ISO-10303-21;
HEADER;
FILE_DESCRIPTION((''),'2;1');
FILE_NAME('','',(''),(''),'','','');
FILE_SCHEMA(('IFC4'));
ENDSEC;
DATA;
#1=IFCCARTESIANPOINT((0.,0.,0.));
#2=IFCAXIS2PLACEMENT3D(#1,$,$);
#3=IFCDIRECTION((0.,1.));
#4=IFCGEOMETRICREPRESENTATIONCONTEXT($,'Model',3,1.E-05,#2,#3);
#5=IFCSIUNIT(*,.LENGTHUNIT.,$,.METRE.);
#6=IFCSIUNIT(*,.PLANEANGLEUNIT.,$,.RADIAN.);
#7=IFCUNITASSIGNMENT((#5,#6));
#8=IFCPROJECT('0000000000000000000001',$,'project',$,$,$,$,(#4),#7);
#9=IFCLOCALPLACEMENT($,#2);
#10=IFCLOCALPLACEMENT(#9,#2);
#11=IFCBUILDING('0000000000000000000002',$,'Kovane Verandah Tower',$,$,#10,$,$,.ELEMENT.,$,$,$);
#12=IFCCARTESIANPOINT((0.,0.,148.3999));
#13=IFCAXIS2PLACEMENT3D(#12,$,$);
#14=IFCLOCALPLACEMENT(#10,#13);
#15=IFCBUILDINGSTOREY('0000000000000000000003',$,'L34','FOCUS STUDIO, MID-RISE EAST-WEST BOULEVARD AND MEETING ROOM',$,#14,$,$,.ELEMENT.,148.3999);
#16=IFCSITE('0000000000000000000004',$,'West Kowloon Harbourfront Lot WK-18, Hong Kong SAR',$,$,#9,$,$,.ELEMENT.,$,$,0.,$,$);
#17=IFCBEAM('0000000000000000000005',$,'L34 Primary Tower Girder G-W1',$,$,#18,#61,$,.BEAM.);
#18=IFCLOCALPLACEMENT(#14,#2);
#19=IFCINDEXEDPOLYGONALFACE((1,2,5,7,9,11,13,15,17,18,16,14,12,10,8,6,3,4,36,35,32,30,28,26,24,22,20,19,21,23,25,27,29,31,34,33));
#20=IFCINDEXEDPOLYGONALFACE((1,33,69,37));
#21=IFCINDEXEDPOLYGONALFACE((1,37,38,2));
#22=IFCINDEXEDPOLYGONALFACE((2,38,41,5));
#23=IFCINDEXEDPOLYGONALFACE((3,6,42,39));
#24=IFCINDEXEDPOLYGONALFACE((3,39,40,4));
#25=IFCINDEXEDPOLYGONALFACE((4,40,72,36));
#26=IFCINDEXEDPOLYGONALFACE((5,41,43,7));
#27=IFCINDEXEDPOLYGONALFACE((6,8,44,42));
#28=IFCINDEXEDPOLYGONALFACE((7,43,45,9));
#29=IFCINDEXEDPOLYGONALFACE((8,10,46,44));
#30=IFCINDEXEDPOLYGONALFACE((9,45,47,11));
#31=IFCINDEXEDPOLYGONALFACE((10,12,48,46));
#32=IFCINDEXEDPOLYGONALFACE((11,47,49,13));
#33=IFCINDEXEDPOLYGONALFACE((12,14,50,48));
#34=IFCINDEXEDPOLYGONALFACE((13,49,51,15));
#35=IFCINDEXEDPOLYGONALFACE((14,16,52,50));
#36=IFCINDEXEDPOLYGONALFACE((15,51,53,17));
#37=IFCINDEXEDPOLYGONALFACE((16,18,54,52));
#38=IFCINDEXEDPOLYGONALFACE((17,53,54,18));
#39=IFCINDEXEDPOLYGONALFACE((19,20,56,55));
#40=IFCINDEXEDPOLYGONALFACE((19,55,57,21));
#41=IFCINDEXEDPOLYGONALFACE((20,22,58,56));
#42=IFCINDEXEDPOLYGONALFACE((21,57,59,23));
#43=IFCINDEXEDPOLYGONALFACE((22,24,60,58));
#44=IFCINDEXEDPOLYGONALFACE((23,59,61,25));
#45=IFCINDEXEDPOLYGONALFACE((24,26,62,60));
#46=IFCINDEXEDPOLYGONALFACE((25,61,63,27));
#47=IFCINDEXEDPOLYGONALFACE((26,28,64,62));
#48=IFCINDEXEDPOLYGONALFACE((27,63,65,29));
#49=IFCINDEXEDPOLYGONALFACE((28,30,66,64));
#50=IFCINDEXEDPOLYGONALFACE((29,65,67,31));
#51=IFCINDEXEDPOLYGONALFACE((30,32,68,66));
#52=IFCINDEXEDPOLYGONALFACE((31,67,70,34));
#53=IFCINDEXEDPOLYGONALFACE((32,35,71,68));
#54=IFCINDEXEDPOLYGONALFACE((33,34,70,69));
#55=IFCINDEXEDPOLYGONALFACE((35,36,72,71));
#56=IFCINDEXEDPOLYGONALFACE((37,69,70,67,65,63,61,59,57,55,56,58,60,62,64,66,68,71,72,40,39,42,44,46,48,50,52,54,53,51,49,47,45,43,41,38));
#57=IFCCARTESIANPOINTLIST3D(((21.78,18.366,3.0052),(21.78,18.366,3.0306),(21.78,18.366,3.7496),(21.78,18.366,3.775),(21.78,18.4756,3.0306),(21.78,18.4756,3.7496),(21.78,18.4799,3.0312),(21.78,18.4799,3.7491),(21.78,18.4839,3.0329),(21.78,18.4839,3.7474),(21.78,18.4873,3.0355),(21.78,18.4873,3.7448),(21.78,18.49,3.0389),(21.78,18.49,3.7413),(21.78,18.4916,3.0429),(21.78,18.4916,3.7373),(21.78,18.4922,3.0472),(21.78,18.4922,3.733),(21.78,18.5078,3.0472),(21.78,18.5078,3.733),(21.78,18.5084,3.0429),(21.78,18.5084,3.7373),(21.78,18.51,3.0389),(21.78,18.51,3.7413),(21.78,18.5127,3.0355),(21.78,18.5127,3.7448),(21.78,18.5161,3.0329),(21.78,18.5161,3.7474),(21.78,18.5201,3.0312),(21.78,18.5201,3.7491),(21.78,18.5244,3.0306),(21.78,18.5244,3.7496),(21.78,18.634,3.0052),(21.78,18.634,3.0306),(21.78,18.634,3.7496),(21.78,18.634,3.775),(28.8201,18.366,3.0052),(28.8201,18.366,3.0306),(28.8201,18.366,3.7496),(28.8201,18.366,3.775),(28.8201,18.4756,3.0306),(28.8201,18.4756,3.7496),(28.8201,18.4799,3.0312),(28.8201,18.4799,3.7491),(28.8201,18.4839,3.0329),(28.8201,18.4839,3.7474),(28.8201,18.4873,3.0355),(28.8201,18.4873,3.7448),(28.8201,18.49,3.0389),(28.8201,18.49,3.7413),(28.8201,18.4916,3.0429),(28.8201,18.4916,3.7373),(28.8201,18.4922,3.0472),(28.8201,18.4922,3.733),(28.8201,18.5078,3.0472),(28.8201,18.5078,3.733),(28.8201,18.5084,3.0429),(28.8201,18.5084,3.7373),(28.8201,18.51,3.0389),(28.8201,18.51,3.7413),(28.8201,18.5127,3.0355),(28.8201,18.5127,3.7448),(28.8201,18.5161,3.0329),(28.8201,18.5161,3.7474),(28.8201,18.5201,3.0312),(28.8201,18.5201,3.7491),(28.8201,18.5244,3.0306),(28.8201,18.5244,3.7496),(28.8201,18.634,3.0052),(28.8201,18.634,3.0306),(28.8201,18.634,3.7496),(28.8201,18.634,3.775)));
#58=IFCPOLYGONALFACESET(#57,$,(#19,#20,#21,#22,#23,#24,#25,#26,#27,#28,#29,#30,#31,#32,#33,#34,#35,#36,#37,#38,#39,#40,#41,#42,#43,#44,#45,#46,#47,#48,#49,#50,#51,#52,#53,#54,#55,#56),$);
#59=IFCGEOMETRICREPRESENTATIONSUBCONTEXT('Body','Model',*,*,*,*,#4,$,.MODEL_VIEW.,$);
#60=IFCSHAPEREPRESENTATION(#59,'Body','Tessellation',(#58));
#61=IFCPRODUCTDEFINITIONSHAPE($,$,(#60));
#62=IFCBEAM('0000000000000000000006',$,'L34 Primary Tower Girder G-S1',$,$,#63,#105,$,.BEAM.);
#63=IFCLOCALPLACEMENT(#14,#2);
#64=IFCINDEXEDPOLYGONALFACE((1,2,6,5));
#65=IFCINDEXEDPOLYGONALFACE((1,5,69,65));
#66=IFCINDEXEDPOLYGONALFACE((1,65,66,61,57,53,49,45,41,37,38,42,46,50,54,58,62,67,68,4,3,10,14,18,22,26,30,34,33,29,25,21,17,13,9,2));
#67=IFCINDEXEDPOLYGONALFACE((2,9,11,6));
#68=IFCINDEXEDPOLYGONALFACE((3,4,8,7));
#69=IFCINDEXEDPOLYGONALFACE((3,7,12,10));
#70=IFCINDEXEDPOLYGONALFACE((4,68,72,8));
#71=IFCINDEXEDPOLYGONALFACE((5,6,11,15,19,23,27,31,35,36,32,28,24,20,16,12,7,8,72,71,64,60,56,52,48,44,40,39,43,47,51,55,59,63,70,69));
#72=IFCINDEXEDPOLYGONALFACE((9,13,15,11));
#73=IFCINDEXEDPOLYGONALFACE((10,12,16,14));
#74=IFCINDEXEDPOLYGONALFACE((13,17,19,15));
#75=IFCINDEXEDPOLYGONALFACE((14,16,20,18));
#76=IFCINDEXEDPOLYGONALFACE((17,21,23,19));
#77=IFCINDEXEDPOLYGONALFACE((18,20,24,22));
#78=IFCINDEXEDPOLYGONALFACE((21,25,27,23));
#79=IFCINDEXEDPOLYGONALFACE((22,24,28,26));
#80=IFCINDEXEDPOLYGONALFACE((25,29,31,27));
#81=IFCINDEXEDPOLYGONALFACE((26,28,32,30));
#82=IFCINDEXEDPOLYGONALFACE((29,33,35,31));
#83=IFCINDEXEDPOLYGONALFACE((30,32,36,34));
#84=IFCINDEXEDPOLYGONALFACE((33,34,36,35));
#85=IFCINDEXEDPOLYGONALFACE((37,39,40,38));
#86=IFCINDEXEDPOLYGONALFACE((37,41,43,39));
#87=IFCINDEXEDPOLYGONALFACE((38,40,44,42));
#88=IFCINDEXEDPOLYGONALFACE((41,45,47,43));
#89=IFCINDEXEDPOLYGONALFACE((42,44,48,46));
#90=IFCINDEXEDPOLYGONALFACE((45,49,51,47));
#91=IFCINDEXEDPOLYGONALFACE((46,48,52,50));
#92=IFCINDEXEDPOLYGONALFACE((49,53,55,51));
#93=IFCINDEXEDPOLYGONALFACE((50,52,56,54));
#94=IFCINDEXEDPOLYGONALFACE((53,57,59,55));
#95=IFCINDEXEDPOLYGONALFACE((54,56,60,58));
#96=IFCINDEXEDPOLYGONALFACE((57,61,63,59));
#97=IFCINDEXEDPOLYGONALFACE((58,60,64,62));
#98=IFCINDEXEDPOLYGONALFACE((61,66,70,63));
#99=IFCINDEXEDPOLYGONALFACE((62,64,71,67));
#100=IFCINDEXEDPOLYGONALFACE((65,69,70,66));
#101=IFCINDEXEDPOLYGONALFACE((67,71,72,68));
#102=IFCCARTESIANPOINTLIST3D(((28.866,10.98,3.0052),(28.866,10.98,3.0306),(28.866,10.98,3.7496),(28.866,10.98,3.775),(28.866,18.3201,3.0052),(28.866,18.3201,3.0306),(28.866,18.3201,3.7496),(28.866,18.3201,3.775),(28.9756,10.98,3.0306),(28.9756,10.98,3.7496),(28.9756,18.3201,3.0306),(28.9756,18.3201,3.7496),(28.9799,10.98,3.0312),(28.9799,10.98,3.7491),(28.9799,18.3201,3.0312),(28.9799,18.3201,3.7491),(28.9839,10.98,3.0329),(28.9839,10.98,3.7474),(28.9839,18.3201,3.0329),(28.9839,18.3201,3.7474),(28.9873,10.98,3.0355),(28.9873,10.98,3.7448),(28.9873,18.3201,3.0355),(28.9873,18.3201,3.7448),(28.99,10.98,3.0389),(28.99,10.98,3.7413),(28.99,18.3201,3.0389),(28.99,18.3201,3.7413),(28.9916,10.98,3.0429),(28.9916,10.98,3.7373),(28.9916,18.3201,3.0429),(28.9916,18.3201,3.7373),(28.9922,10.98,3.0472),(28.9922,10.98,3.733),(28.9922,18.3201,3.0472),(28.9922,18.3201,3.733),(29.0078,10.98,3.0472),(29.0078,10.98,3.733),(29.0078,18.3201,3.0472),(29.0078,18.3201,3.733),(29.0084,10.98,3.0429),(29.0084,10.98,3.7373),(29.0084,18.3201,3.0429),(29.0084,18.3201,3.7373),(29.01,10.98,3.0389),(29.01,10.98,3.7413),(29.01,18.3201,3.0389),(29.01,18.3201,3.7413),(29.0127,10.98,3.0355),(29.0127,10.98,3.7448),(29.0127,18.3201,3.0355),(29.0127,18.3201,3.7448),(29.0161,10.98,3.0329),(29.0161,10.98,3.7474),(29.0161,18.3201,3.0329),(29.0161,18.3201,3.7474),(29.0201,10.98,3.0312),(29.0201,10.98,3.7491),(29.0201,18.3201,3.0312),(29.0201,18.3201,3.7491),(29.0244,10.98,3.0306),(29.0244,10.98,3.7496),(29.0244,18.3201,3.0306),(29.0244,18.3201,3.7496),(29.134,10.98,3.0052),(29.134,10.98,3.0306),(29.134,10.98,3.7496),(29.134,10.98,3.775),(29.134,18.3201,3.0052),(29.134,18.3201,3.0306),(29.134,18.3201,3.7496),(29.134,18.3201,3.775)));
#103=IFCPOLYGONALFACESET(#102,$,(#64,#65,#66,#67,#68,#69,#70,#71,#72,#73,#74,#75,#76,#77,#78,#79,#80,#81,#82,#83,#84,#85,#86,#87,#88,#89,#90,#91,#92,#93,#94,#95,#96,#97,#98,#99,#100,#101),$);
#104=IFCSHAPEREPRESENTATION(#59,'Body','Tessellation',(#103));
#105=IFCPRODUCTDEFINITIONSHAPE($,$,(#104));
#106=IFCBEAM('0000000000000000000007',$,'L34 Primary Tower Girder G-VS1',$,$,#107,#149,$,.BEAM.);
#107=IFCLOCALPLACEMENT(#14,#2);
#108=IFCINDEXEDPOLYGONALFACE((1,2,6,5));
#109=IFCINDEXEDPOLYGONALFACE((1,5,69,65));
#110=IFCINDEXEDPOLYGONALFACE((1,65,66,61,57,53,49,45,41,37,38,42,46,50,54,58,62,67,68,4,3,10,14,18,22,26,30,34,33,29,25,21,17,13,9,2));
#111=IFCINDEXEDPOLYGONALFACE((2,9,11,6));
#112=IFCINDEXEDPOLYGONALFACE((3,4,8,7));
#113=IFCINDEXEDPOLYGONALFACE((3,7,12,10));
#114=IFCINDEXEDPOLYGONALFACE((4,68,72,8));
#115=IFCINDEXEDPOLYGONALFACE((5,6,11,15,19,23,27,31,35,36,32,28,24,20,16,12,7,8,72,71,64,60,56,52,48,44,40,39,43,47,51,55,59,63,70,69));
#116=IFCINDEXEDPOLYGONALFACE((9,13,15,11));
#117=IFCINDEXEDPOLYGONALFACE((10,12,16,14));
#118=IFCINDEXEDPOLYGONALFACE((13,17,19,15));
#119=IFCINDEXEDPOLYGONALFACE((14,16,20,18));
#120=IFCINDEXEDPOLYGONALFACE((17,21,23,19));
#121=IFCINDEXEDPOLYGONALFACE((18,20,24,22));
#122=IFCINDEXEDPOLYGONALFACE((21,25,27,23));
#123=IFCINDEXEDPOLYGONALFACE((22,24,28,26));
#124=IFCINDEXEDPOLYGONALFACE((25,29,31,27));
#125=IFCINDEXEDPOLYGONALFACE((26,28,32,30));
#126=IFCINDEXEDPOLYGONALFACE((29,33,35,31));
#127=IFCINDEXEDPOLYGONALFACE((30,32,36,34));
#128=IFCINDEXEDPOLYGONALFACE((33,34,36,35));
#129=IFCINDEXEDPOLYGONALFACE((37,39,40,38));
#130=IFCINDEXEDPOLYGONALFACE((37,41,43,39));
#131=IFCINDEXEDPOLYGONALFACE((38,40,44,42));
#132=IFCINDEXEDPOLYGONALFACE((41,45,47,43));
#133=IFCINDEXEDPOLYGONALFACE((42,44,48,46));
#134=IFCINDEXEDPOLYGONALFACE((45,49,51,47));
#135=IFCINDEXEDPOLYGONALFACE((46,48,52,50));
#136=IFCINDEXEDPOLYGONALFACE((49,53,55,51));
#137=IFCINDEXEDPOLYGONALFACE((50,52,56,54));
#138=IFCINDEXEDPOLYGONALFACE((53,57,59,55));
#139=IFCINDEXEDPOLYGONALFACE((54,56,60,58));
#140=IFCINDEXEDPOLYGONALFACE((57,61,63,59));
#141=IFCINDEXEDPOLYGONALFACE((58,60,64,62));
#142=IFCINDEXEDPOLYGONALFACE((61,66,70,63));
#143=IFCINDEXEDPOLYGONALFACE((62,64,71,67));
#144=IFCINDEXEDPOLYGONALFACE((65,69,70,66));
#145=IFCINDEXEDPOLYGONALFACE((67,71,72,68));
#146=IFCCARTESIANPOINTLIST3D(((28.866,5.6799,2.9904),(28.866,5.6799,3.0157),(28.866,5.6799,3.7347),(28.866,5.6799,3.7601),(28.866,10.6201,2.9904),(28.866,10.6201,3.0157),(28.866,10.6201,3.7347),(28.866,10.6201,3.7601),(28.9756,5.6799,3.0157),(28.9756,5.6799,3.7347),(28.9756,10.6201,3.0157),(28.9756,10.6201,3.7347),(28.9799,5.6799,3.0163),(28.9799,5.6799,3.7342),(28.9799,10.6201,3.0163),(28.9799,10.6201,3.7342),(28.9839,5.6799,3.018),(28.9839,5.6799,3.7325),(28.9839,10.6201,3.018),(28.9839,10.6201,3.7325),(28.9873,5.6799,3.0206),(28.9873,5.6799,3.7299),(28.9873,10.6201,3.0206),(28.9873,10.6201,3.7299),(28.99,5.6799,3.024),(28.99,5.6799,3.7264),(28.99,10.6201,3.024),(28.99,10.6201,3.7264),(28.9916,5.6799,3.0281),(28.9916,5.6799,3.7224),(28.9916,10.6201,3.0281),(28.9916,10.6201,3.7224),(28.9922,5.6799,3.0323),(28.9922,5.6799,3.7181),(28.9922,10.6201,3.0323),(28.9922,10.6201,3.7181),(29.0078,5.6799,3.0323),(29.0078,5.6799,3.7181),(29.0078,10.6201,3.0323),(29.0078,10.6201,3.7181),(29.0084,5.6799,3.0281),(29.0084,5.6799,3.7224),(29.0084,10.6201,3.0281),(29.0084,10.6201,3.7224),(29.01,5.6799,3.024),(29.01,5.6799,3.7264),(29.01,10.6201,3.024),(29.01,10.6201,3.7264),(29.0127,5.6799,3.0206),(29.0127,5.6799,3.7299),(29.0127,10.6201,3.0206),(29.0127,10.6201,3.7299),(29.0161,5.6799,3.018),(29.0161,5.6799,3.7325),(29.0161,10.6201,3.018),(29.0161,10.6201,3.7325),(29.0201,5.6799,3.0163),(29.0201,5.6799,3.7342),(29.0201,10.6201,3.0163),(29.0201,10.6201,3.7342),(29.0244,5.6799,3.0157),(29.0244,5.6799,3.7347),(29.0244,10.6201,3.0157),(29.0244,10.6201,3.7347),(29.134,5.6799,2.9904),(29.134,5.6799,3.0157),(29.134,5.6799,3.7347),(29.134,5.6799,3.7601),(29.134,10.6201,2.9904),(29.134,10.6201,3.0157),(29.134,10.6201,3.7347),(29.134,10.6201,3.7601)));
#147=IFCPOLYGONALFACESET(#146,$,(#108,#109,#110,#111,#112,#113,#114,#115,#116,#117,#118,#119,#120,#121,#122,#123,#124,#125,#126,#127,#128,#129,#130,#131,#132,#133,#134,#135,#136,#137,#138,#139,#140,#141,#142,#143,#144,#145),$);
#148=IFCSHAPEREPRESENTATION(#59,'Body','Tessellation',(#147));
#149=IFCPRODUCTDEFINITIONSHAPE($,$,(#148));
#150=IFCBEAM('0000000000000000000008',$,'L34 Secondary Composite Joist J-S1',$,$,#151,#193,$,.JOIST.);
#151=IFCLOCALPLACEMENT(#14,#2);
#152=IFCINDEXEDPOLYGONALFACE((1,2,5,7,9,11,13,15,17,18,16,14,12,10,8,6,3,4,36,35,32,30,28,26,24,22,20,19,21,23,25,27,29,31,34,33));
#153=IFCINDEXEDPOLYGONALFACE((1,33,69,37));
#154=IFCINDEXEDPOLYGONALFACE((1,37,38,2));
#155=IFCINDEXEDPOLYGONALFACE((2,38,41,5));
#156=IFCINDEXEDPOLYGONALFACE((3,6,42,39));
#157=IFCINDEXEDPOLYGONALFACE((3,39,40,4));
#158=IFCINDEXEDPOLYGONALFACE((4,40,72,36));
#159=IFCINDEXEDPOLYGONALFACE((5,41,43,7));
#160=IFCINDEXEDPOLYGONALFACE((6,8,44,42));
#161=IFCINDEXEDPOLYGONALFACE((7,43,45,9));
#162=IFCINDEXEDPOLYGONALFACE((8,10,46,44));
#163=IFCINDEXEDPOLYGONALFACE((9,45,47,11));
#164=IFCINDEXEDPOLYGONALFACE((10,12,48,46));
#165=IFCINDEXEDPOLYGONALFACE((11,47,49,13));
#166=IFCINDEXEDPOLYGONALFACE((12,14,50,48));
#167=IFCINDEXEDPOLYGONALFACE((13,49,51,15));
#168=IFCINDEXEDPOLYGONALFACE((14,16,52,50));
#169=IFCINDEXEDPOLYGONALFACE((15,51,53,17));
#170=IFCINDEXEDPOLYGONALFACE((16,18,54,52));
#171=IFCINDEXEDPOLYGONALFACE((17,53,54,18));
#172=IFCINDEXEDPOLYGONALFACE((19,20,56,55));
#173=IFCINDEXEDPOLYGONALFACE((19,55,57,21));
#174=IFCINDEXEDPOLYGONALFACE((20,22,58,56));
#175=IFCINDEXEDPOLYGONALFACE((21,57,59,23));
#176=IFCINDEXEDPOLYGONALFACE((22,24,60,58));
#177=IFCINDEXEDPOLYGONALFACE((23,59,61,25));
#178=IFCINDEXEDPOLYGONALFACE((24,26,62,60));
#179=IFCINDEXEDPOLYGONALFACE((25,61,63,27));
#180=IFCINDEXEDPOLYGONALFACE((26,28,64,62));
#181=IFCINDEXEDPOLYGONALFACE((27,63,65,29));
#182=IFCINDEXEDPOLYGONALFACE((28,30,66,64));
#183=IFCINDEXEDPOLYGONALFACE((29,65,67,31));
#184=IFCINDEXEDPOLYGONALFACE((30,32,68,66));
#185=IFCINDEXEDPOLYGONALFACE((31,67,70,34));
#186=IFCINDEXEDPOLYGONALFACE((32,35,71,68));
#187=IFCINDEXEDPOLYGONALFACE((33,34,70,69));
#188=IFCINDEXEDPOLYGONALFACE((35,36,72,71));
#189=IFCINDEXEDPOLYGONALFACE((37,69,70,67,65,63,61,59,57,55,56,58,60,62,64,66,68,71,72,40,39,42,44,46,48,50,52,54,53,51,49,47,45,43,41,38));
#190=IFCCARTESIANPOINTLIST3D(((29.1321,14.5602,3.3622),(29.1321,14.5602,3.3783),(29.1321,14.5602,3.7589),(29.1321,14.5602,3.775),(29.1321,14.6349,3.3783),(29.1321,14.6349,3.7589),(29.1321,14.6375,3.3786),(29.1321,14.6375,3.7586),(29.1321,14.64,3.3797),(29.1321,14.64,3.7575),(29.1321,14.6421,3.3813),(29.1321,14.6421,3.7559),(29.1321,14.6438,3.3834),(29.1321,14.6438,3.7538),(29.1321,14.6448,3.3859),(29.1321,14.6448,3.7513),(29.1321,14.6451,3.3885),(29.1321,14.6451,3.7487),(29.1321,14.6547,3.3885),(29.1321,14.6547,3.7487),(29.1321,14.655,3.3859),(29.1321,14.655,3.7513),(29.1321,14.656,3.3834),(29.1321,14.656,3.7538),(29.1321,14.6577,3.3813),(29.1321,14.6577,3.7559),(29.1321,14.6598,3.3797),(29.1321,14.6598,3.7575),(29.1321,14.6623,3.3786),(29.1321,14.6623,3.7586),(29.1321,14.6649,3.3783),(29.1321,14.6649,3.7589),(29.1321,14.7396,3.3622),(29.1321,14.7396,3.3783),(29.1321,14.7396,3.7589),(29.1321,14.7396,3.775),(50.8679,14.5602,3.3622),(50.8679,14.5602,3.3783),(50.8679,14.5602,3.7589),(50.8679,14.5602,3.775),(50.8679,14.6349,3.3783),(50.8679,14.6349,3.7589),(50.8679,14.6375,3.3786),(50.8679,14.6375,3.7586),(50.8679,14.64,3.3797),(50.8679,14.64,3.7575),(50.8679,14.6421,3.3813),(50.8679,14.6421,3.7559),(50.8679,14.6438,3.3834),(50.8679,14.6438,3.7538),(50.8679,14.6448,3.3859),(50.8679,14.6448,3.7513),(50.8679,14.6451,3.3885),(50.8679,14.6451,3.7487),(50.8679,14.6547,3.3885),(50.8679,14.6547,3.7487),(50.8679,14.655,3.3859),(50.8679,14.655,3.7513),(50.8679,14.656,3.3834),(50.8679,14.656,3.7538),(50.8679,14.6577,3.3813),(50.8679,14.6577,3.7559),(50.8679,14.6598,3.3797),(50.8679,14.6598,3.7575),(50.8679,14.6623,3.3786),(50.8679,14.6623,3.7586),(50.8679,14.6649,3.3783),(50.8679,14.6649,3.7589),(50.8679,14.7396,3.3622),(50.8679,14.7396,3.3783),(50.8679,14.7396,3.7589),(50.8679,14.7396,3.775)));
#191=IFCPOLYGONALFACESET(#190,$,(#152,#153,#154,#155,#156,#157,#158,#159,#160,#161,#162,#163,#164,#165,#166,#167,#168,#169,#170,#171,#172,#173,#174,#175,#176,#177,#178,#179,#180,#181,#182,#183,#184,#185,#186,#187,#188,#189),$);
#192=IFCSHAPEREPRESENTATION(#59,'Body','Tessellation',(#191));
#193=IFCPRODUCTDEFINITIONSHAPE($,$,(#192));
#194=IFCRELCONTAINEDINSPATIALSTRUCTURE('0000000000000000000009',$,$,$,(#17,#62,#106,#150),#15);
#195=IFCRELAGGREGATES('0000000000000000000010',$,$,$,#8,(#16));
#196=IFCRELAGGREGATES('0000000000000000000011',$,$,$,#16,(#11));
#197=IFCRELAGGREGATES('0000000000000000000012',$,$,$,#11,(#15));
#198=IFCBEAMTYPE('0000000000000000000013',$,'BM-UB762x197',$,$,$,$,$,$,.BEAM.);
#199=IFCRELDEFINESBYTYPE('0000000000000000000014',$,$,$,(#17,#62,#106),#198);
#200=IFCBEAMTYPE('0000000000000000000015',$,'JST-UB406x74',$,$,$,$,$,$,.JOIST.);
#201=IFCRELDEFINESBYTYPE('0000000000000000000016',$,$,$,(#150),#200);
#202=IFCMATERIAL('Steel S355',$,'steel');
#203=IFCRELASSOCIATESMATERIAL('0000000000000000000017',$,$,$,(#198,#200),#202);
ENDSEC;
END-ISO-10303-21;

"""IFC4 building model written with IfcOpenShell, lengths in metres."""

from ifc_helpers import new_model, si_unit, direction, frame, origin, origin_2d, place, context, subcontext, project, spatial, i_section, extrude, material, material_profile, profile_set, type_object, element, save


model = new_model("IFC4")

# Units and contexts
model_context = context("Model", 3, precision=1e-05, world=origin(), true_north=direction((0.0, 1.0)))
body_context = subcontext(model_context, "Body", "Model", "MODEL_VIEW")
ifc_project = project(units=[si_unit("LENGTHUNIT", "METRE"), si_unit("PLANEANGLEUNIT", "RADIAN")], contexts=[model_context])

# Site, building, storey
site_placement = place(None, origin())
site = spatial("IfcSite", under=ifc_project, at=site_placement, Name="West Kowloon Harbourfront Lot WK-18, Hong Kong SAR", CompositionType="ELEMENT", RefElevation=0.0)
building_placement = place(site_placement, origin())
building = spatial("IfcBuilding", under=site, at=building_placement, Name="Kovane Verandah Tower", CompositionType="ELEMENT")
storey_placement = place(building_placement, frame((0.0, 0.0, 148.3999)))
storey = spatial("IfcBuildingStorey", under=building, at=storey_placement, Name="L34", Description="FOCUS STUDIO, MID-RISE EAST-WEST BOULEVARD AND MEETING ROOM", CompositionType="ELEMENT", Elevation=148.3999)

# Beams
ifc_material_1 = material(Name="Steel S355", Category="steel")
ifc_material_profile_1 = material_profile(ifc_material_1, i_section(OverallWidth=0.2681, OverallDepth=0.7698, WebThickness=0.0156, FlangeThickness=0.0254, FilletRadius=0.0166, at=origin_2d()), Name="UB762x267x197")
ifc_profile_set_1 = profile_set([ifc_material_profile_1], Name="Steel S355")
beam_type_1 = type_object("IfcBeamType", Name="BM-UB762x197", PredefinedType="BEAM", material=ifc_profile_set_1)
beam_1_placement = place(storey_placement, frame((28.8201, 18.5, 3.3901), z_axis=(-1.0, 0.0, 0.0), x_axis=(0.0, -1.0, 0.0)))
element("IfcBeam", 1, at=beam_1_placement, inside=storey, type_object=beam_type_1, Name="L34 Primary Tower Girder G-W1", PredefinedType="BEAM", context=body_context, shape_type="SweptSolid", body=[
    extrude(i_section(OverallWidth=0.2681, OverallDepth=0.7698, WebThickness=0.0156, FlangeThickness=0.0254, FilletRadius=0.0166, at=origin_2d()), origin(), (0.0, 0.0, 1.0), 7.04),
])
beam_2_placement = place(storey_placement, frame((29.0, 18.3201, 3.3901), z_axis=(0.0, -1.0, 0.0), x_axis=(1.0, 0.0, 0.0)))
element("IfcBeam", 2, at=beam_2_placement, inside=storey, type_object=beam_type_1, Name="L34 Primary Tower Girder G-S1", PredefinedType="BEAM", context=body_context, shape_type="SweptSolid", body=[
    extrude(i_section(OverallWidth=0.2681, OverallDepth=0.7698, WebThickness=0.0156, FlangeThickness=0.0254, FilletRadius=0.0166, at=origin_2d()), origin(), (0.0, 0.0, 1.0), 7.3401),
])
beam_3_placement = place(storey_placement, frame((29.0, 10.6201, 3.3752), z_axis=(0.0, -1.0, 0.0), x_axis=(1.0, 0.0, 0.0)))
element("IfcBeam", 3, at=beam_3_placement, inside=storey, type_object=beam_type_1, Name="L34 Primary Tower Girder G-VS1", PredefinedType="BEAM", context=body_context, shape_type="SweptSolid", body=[
    extrude(i_section(OverallWidth=0.2681, OverallDepth=0.7698, WebThickness=0.0156, FlangeThickness=0.0254, FilletRadius=0.0166, at=origin_2d()), origin(), (0.0, 0.0, 1.0), 4.9402),
])
ifc_material_profile_2 = material_profile(ifc_material_1, i_section(OverallWidth=0.1794, OverallDepth=0.4128, WebThickness=0.0095, FlangeThickness=0.0161, FilletRadius=0.0103, at=origin_2d()), Name="UB406x178x74")
ifc_profile_set_2 = profile_set([ifc_material_profile_2], Name="Steel S355")
beam_type_2 = type_object("IfcBeamType", Name="JST-UB406x74", PredefinedType="JOIST", material=ifc_profile_set_2)
beam_4_placement = place(storey_placement, frame((29.1321, 14.6499, 3.5686), z_axis=(1.0, 0.0, 0.0), x_axis=(0.0, 1.0, 0.0)))
element("IfcBeam", 4, at=beam_4_placement, inside=storey, type_object=beam_type_2, Name="L34 Secondary Composite Joist J-S1", PredefinedType="JOIST", context=body_context, shape_type="SweptSolid", body=[
    extrude(i_section(OverallWidth=0.1794, OverallDepth=0.4128, WebThickness=0.0095, FlangeThickness=0.0161, FilletRadius=0.0103, at=origin_2d()), origin(), (0.0, 0.0, 1.0), 21.7358),
])

save(model, "model.ifc")
